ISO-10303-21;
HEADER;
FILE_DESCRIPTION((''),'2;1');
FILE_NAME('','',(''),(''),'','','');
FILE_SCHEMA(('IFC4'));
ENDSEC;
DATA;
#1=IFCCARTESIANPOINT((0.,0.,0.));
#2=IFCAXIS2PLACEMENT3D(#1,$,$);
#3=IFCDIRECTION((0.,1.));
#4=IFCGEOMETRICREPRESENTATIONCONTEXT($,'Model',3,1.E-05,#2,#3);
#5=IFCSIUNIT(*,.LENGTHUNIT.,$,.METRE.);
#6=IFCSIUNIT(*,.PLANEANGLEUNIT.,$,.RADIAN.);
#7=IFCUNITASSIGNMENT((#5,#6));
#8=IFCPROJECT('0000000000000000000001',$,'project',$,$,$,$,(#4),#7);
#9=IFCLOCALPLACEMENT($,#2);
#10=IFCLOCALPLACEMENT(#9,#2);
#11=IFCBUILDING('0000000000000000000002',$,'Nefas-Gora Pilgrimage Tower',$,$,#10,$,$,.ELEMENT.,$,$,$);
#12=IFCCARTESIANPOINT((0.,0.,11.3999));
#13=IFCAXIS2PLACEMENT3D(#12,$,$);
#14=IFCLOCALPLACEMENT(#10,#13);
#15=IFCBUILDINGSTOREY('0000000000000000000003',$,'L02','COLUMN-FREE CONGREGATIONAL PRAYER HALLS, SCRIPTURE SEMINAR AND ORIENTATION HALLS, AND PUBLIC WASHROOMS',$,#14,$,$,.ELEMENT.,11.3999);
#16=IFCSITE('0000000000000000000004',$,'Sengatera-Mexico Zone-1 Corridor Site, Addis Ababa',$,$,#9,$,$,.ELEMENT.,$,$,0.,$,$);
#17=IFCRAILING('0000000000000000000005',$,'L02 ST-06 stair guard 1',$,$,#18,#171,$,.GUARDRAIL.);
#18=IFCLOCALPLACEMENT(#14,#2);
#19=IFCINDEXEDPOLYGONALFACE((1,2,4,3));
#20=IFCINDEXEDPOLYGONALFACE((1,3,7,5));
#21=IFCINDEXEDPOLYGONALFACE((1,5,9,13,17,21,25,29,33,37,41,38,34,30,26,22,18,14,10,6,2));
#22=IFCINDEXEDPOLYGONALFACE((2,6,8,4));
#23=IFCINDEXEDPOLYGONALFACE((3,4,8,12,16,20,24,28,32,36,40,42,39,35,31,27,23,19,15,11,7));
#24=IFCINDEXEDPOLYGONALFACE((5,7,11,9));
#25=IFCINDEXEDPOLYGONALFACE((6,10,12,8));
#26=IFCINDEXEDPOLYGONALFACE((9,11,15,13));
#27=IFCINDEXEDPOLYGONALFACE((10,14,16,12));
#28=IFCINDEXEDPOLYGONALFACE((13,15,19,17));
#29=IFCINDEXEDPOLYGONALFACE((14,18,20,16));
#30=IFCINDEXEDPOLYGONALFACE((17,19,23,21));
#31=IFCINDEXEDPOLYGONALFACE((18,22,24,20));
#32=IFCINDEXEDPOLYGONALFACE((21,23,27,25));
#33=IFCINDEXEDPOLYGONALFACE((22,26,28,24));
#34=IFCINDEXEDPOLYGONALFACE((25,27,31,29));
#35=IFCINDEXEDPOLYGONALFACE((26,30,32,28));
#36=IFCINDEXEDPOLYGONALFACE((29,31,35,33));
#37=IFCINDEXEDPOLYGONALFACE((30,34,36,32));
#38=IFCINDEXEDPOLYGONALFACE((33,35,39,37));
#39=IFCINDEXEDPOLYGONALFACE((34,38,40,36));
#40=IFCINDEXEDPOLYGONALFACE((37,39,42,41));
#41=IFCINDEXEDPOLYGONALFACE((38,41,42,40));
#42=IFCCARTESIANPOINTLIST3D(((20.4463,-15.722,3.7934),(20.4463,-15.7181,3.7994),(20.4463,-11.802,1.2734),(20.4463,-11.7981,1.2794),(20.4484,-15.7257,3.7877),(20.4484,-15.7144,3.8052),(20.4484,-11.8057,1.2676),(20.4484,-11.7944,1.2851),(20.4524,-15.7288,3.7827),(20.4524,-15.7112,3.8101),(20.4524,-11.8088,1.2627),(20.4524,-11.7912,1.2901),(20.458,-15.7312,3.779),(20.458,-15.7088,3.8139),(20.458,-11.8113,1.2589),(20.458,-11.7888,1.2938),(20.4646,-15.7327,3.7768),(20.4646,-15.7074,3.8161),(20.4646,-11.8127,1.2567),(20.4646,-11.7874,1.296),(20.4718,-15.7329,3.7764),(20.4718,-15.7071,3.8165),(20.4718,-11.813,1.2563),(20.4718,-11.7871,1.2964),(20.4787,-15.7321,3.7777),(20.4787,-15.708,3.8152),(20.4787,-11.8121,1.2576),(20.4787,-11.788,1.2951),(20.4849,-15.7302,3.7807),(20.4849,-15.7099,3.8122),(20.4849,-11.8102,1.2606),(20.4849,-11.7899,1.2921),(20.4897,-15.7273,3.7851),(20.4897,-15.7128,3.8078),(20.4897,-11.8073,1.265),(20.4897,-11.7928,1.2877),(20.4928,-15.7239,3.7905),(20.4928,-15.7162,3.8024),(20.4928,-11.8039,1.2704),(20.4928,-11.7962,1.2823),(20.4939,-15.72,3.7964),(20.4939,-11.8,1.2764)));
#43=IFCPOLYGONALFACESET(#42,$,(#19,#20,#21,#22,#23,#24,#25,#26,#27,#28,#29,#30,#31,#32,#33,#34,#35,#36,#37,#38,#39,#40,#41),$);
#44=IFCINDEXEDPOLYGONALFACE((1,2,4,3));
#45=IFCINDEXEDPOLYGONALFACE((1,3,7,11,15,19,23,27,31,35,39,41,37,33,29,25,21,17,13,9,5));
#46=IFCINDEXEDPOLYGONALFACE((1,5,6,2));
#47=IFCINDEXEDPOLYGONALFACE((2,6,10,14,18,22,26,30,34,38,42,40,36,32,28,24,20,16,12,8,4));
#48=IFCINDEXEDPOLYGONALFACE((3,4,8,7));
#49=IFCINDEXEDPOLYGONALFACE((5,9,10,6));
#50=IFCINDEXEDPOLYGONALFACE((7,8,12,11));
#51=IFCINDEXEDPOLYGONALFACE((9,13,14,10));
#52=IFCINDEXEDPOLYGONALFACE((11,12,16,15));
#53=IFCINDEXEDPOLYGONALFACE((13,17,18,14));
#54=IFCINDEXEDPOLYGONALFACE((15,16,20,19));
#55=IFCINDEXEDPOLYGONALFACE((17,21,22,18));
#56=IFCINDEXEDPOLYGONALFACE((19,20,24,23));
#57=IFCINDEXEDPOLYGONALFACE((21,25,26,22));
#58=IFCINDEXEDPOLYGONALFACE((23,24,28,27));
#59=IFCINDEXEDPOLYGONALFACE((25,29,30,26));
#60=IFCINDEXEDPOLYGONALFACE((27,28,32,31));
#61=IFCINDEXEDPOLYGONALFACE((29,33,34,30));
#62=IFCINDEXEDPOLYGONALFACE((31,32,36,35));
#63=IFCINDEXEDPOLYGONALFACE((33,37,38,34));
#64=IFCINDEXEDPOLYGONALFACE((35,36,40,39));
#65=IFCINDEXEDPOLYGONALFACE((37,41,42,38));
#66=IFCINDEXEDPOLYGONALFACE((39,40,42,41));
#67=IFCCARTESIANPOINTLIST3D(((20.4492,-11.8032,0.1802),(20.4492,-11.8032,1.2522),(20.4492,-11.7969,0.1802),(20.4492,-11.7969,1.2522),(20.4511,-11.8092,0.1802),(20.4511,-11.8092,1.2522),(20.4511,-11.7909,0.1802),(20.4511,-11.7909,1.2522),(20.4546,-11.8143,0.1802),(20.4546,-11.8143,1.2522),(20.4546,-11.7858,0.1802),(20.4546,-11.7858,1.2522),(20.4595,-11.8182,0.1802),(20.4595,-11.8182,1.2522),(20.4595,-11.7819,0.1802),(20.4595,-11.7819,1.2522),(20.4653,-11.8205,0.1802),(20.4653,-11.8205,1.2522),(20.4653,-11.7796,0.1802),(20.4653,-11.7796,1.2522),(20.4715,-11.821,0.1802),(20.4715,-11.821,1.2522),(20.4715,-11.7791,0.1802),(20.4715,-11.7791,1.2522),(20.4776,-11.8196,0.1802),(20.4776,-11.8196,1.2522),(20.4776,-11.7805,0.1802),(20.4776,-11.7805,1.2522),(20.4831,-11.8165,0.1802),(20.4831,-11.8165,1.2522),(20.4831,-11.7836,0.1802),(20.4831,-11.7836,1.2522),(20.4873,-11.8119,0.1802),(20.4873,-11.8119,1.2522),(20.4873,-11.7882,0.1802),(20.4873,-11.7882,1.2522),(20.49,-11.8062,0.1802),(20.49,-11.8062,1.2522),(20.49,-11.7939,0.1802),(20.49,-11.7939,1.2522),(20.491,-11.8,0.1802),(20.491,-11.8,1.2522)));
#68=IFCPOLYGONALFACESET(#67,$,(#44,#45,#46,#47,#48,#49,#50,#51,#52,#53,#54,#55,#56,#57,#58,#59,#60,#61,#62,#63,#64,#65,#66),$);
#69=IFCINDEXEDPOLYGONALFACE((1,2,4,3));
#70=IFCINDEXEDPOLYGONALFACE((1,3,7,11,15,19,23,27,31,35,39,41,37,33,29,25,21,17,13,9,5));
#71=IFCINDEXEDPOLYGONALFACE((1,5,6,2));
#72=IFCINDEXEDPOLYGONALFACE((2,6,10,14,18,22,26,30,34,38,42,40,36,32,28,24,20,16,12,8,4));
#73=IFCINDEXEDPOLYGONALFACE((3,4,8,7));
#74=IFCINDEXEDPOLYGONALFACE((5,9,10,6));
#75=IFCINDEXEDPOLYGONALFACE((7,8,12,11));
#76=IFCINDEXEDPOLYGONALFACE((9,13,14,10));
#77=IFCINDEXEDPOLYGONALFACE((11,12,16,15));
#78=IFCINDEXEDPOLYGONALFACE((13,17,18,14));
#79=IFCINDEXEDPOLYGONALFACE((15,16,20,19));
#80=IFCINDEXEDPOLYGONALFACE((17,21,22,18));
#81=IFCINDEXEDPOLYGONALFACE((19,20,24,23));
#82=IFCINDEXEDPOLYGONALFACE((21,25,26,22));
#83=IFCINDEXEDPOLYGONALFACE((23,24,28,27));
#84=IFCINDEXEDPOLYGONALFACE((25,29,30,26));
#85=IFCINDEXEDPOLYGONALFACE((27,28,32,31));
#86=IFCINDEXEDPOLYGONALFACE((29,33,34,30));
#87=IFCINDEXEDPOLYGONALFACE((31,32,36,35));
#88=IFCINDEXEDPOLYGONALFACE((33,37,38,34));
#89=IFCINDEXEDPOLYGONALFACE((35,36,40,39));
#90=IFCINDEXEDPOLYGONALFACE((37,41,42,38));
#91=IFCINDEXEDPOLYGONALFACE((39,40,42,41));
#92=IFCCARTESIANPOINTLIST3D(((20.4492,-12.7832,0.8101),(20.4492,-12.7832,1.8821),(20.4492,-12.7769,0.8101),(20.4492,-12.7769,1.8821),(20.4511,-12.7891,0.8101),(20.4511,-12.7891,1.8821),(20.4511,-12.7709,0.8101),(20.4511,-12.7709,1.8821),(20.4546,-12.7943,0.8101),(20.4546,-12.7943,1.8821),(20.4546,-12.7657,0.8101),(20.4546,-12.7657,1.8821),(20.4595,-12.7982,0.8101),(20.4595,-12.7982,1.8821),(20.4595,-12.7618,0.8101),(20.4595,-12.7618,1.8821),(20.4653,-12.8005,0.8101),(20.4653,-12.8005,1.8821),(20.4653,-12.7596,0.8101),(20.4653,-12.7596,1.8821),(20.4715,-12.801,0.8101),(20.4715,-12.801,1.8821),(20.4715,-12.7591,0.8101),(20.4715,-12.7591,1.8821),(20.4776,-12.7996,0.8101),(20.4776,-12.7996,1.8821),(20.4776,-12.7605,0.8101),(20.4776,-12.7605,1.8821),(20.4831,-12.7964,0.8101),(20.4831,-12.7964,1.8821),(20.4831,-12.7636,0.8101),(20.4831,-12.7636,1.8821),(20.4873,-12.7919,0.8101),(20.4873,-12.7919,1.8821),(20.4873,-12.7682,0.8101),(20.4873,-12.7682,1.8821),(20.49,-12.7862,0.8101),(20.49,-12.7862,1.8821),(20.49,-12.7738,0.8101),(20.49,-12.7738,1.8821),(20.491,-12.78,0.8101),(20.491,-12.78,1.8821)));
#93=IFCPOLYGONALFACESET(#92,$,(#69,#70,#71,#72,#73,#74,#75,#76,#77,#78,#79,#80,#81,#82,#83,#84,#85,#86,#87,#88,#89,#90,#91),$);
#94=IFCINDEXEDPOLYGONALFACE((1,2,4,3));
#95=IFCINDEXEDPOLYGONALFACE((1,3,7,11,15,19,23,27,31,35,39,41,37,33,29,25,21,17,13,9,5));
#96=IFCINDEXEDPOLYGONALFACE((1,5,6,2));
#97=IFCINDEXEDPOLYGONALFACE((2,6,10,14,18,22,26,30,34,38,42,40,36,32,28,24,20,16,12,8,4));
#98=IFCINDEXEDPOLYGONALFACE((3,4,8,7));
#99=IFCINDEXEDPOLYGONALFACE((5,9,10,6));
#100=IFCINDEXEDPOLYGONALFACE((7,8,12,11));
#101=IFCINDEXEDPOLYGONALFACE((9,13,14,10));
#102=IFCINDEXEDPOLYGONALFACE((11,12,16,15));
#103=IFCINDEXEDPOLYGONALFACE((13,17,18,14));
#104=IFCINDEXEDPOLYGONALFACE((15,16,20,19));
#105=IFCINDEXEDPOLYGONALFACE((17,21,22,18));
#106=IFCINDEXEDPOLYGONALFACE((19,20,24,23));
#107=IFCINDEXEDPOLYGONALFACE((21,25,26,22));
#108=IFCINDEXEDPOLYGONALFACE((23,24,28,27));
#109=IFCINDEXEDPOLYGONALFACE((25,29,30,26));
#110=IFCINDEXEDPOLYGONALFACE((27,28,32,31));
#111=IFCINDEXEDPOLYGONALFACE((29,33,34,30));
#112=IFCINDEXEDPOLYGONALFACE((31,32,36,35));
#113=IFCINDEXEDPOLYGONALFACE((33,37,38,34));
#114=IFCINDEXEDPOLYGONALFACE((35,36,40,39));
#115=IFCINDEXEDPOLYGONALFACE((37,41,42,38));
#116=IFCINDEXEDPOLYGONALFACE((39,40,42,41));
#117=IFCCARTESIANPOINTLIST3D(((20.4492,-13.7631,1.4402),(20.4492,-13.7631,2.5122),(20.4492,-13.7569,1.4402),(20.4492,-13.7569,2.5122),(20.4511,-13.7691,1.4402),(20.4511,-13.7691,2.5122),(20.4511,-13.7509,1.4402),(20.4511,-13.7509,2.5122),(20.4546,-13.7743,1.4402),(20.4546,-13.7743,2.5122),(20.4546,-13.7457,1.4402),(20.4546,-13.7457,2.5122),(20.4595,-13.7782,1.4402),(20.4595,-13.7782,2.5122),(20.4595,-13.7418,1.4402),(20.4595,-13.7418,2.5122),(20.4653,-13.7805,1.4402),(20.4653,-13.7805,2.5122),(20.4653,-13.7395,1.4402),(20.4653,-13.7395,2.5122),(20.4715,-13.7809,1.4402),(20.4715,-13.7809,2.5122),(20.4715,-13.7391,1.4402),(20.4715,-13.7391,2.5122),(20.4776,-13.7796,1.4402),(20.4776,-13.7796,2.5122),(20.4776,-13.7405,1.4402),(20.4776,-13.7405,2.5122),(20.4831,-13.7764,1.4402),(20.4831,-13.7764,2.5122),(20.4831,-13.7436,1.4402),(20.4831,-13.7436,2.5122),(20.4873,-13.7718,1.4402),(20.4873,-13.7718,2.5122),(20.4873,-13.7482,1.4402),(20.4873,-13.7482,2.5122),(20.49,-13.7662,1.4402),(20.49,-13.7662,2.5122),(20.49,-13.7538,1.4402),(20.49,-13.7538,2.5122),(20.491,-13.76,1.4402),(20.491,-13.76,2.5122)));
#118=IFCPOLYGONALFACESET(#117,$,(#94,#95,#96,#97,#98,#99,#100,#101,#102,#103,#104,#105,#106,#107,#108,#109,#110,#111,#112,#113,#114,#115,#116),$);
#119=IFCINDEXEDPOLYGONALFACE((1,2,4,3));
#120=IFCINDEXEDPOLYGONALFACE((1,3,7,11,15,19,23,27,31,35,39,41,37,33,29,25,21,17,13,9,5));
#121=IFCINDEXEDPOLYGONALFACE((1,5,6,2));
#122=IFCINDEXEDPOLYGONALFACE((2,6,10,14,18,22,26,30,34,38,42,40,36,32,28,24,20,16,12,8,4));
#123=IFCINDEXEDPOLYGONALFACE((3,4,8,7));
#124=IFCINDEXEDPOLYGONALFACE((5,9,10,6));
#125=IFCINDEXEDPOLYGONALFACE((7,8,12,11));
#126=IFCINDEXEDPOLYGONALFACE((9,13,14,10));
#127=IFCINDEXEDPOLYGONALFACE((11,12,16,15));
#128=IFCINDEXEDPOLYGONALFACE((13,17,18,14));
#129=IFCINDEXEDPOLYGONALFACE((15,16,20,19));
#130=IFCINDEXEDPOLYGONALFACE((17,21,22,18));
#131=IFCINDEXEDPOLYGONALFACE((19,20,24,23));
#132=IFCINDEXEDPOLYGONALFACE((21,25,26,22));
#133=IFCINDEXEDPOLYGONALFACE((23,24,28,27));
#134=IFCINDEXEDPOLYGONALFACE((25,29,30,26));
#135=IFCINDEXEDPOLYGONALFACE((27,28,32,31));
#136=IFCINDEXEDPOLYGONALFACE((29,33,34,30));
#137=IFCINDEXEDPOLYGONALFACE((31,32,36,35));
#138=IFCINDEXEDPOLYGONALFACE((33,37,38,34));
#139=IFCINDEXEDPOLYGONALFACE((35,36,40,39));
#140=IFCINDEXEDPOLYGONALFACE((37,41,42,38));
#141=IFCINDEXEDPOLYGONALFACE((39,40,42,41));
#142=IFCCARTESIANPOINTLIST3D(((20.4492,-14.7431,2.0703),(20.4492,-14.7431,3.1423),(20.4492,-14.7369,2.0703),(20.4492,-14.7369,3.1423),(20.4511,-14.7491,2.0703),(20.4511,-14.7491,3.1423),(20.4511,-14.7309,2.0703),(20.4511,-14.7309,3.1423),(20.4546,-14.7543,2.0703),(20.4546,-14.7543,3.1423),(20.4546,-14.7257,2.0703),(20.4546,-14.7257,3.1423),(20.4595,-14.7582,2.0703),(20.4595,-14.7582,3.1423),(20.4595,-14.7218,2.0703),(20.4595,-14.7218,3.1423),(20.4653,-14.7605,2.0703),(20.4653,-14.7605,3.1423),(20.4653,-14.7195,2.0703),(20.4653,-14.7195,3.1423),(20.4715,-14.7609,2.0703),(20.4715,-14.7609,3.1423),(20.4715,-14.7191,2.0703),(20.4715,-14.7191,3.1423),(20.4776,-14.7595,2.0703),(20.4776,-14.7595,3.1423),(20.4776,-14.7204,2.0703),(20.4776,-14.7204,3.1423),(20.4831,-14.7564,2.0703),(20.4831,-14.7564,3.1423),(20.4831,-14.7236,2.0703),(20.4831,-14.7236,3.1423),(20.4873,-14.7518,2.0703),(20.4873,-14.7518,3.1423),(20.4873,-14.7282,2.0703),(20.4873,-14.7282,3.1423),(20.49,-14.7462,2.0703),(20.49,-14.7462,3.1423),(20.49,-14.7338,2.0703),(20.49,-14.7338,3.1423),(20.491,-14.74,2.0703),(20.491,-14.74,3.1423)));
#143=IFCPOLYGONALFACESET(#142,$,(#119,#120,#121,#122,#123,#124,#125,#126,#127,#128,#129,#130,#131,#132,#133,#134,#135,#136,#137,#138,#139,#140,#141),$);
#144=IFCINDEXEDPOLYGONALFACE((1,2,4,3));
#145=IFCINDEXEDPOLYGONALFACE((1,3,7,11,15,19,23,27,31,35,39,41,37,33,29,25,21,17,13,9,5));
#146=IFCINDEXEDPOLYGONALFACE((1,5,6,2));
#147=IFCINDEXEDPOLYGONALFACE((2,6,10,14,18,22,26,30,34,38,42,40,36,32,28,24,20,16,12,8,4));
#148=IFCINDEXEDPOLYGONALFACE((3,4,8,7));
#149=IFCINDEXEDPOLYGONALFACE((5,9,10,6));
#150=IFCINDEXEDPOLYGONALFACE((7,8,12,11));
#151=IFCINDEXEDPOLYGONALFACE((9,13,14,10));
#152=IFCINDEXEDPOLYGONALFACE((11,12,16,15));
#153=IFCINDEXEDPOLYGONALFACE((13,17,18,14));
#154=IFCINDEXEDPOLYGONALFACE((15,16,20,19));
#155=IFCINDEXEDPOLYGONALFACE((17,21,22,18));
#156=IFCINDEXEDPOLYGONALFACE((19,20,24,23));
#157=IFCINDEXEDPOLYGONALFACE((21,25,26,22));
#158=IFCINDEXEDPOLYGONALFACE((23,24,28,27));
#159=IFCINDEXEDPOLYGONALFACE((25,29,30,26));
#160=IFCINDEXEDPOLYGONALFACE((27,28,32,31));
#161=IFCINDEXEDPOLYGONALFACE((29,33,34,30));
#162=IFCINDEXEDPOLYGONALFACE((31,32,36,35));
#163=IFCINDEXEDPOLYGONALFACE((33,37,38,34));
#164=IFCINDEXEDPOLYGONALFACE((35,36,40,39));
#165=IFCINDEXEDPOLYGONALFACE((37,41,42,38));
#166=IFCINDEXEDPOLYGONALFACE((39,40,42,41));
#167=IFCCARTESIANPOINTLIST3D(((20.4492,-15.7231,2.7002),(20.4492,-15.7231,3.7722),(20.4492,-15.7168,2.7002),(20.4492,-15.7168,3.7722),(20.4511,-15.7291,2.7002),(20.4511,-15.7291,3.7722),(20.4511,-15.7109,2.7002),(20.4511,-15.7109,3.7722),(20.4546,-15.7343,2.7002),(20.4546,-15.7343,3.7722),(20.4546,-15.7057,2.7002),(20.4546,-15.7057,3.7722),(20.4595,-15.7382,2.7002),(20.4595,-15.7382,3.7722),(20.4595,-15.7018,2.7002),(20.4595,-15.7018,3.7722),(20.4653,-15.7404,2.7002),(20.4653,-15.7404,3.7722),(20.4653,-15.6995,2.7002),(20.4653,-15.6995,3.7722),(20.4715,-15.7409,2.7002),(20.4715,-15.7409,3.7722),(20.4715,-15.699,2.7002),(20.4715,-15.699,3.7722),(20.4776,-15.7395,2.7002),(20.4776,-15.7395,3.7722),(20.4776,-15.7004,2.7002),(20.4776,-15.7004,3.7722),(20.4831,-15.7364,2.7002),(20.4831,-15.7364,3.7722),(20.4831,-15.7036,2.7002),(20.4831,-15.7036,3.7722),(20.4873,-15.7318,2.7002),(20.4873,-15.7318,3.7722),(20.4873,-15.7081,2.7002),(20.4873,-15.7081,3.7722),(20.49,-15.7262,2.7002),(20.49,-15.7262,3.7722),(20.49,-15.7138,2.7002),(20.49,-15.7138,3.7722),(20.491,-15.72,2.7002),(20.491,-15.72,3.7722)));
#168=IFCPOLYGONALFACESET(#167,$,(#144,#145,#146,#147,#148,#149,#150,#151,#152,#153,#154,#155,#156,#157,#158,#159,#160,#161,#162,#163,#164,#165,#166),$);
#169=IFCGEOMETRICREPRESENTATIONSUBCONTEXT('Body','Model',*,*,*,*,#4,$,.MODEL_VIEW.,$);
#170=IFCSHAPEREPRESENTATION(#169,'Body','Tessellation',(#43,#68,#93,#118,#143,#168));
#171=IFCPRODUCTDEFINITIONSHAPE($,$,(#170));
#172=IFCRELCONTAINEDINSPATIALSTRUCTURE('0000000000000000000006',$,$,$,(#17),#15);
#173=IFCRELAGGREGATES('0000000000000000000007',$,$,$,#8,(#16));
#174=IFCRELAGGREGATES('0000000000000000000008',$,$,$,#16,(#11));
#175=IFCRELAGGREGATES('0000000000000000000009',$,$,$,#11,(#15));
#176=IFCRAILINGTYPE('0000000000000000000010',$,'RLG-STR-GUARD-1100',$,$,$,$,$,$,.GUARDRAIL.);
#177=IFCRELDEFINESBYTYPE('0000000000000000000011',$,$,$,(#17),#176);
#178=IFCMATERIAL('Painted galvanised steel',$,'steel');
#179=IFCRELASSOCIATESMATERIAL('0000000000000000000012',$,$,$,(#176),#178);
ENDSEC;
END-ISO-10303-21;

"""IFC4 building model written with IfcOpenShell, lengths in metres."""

from ifc_helpers import new_model, si_unit, direction, frame, origin, origin_2d, place, context, subcontext, project, spatial, circle, extrude, material, type_object, element, save


model = new_model("IFC4")

# Units and contexts
model_context = context("Model", 3, precision=1e-05, world=origin(), true_north=direction((0.0, 1.0)))
body_context = subcontext(model_context, "Body", "Model", "MODEL_VIEW")
ifc_project = project(units=[si_unit("LENGTHUNIT", "METRE"), si_unit("PLANEANGLEUNIT", "RADIAN")], contexts=[model_context])

# Site, building, storey
site_placement = place(None, origin())
site = spatial("IfcSite", under=ifc_project, at=site_placement, Name="Sengatera-Mexico Zone-1 Corridor Site, Addis Ababa", CompositionType="ELEMENT", RefElevation=0.0)
building_placement = place(site_placement, origin())
building = spatial("IfcBuilding", under=site, at=building_placement, Name="Nefas-Gora Pilgrimage Tower", CompositionType="ELEMENT")
storey_placement = place(building_placement, frame((0.0, 0.0, 11.3999)))
storey = spatial("IfcBuildingStorey", under=building, at=storey_placement, Name="L02", Description="COLUMN-FREE CONGREGATIONAL PRAYER HALLS, SCRIPTURE SEMINAR AND ORIENTATION HALLS, AND PUBLIC WASHROOMS", CompositionType="ELEMENT", Elevation=11.3999)

# Railing
ifc_material_1 = material(Name="Painted galvanised steel", Category="steel")
railing_type_1 = type_object("IfcRailingType", Name="RLG-STR-GUARD-1100", PredefinedType="GUARDRAIL", material=ifc_material_1)
railing_1_placement = place(storey_placement, frame((20.47, -11.8, 0.1802)))
element("IfcRailing", 1, at=railing_1_placement, inside=storey, type_object=railing_type_1, Name="L02 ST-06 stair guard 1", PredefinedType="GUARDRAIL", context=body_context, shape_type="SweptSolid", body=[
    extrude(circle(Radius=0.0239, at=origin_2d()), frame((0.0, 0.0, 1.0962), z_axis=(0.0, -0.841172, 0.540768), x_axis=(1.0, 0.0, 0.0)), (0.0, 0.0, 1.0), 4.6602),
    extrude(circle(Radius=0.021, at=origin_2d()), origin(), (0.0, 0.0, 1.0), 1.072),
    extrude(circle(Radius=0.021, at=origin_2d()), frame((0.0, -0.98, 0.6299)), (0.0, 0.0, 1.0), 1.072),
    extrude(circle(Radius=0.021, at=origin_2d()), frame((0.0, -1.96, 1.26)), (0.0, 0.0, 1.0), 1.072),
    extrude(circle(Radius=0.021, at=origin_2d()), frame((0.0, -2.9399, 1.8901)), (0.0, 0.0, 1.0), 1.072),
    extrude(circle(Radius=0.021, at=origin_2d()), frame((0.0, -3.9199, 2.52)), (0.0, 0.0, 1.0), 1.072),
])

save(model, "model.ifc")
